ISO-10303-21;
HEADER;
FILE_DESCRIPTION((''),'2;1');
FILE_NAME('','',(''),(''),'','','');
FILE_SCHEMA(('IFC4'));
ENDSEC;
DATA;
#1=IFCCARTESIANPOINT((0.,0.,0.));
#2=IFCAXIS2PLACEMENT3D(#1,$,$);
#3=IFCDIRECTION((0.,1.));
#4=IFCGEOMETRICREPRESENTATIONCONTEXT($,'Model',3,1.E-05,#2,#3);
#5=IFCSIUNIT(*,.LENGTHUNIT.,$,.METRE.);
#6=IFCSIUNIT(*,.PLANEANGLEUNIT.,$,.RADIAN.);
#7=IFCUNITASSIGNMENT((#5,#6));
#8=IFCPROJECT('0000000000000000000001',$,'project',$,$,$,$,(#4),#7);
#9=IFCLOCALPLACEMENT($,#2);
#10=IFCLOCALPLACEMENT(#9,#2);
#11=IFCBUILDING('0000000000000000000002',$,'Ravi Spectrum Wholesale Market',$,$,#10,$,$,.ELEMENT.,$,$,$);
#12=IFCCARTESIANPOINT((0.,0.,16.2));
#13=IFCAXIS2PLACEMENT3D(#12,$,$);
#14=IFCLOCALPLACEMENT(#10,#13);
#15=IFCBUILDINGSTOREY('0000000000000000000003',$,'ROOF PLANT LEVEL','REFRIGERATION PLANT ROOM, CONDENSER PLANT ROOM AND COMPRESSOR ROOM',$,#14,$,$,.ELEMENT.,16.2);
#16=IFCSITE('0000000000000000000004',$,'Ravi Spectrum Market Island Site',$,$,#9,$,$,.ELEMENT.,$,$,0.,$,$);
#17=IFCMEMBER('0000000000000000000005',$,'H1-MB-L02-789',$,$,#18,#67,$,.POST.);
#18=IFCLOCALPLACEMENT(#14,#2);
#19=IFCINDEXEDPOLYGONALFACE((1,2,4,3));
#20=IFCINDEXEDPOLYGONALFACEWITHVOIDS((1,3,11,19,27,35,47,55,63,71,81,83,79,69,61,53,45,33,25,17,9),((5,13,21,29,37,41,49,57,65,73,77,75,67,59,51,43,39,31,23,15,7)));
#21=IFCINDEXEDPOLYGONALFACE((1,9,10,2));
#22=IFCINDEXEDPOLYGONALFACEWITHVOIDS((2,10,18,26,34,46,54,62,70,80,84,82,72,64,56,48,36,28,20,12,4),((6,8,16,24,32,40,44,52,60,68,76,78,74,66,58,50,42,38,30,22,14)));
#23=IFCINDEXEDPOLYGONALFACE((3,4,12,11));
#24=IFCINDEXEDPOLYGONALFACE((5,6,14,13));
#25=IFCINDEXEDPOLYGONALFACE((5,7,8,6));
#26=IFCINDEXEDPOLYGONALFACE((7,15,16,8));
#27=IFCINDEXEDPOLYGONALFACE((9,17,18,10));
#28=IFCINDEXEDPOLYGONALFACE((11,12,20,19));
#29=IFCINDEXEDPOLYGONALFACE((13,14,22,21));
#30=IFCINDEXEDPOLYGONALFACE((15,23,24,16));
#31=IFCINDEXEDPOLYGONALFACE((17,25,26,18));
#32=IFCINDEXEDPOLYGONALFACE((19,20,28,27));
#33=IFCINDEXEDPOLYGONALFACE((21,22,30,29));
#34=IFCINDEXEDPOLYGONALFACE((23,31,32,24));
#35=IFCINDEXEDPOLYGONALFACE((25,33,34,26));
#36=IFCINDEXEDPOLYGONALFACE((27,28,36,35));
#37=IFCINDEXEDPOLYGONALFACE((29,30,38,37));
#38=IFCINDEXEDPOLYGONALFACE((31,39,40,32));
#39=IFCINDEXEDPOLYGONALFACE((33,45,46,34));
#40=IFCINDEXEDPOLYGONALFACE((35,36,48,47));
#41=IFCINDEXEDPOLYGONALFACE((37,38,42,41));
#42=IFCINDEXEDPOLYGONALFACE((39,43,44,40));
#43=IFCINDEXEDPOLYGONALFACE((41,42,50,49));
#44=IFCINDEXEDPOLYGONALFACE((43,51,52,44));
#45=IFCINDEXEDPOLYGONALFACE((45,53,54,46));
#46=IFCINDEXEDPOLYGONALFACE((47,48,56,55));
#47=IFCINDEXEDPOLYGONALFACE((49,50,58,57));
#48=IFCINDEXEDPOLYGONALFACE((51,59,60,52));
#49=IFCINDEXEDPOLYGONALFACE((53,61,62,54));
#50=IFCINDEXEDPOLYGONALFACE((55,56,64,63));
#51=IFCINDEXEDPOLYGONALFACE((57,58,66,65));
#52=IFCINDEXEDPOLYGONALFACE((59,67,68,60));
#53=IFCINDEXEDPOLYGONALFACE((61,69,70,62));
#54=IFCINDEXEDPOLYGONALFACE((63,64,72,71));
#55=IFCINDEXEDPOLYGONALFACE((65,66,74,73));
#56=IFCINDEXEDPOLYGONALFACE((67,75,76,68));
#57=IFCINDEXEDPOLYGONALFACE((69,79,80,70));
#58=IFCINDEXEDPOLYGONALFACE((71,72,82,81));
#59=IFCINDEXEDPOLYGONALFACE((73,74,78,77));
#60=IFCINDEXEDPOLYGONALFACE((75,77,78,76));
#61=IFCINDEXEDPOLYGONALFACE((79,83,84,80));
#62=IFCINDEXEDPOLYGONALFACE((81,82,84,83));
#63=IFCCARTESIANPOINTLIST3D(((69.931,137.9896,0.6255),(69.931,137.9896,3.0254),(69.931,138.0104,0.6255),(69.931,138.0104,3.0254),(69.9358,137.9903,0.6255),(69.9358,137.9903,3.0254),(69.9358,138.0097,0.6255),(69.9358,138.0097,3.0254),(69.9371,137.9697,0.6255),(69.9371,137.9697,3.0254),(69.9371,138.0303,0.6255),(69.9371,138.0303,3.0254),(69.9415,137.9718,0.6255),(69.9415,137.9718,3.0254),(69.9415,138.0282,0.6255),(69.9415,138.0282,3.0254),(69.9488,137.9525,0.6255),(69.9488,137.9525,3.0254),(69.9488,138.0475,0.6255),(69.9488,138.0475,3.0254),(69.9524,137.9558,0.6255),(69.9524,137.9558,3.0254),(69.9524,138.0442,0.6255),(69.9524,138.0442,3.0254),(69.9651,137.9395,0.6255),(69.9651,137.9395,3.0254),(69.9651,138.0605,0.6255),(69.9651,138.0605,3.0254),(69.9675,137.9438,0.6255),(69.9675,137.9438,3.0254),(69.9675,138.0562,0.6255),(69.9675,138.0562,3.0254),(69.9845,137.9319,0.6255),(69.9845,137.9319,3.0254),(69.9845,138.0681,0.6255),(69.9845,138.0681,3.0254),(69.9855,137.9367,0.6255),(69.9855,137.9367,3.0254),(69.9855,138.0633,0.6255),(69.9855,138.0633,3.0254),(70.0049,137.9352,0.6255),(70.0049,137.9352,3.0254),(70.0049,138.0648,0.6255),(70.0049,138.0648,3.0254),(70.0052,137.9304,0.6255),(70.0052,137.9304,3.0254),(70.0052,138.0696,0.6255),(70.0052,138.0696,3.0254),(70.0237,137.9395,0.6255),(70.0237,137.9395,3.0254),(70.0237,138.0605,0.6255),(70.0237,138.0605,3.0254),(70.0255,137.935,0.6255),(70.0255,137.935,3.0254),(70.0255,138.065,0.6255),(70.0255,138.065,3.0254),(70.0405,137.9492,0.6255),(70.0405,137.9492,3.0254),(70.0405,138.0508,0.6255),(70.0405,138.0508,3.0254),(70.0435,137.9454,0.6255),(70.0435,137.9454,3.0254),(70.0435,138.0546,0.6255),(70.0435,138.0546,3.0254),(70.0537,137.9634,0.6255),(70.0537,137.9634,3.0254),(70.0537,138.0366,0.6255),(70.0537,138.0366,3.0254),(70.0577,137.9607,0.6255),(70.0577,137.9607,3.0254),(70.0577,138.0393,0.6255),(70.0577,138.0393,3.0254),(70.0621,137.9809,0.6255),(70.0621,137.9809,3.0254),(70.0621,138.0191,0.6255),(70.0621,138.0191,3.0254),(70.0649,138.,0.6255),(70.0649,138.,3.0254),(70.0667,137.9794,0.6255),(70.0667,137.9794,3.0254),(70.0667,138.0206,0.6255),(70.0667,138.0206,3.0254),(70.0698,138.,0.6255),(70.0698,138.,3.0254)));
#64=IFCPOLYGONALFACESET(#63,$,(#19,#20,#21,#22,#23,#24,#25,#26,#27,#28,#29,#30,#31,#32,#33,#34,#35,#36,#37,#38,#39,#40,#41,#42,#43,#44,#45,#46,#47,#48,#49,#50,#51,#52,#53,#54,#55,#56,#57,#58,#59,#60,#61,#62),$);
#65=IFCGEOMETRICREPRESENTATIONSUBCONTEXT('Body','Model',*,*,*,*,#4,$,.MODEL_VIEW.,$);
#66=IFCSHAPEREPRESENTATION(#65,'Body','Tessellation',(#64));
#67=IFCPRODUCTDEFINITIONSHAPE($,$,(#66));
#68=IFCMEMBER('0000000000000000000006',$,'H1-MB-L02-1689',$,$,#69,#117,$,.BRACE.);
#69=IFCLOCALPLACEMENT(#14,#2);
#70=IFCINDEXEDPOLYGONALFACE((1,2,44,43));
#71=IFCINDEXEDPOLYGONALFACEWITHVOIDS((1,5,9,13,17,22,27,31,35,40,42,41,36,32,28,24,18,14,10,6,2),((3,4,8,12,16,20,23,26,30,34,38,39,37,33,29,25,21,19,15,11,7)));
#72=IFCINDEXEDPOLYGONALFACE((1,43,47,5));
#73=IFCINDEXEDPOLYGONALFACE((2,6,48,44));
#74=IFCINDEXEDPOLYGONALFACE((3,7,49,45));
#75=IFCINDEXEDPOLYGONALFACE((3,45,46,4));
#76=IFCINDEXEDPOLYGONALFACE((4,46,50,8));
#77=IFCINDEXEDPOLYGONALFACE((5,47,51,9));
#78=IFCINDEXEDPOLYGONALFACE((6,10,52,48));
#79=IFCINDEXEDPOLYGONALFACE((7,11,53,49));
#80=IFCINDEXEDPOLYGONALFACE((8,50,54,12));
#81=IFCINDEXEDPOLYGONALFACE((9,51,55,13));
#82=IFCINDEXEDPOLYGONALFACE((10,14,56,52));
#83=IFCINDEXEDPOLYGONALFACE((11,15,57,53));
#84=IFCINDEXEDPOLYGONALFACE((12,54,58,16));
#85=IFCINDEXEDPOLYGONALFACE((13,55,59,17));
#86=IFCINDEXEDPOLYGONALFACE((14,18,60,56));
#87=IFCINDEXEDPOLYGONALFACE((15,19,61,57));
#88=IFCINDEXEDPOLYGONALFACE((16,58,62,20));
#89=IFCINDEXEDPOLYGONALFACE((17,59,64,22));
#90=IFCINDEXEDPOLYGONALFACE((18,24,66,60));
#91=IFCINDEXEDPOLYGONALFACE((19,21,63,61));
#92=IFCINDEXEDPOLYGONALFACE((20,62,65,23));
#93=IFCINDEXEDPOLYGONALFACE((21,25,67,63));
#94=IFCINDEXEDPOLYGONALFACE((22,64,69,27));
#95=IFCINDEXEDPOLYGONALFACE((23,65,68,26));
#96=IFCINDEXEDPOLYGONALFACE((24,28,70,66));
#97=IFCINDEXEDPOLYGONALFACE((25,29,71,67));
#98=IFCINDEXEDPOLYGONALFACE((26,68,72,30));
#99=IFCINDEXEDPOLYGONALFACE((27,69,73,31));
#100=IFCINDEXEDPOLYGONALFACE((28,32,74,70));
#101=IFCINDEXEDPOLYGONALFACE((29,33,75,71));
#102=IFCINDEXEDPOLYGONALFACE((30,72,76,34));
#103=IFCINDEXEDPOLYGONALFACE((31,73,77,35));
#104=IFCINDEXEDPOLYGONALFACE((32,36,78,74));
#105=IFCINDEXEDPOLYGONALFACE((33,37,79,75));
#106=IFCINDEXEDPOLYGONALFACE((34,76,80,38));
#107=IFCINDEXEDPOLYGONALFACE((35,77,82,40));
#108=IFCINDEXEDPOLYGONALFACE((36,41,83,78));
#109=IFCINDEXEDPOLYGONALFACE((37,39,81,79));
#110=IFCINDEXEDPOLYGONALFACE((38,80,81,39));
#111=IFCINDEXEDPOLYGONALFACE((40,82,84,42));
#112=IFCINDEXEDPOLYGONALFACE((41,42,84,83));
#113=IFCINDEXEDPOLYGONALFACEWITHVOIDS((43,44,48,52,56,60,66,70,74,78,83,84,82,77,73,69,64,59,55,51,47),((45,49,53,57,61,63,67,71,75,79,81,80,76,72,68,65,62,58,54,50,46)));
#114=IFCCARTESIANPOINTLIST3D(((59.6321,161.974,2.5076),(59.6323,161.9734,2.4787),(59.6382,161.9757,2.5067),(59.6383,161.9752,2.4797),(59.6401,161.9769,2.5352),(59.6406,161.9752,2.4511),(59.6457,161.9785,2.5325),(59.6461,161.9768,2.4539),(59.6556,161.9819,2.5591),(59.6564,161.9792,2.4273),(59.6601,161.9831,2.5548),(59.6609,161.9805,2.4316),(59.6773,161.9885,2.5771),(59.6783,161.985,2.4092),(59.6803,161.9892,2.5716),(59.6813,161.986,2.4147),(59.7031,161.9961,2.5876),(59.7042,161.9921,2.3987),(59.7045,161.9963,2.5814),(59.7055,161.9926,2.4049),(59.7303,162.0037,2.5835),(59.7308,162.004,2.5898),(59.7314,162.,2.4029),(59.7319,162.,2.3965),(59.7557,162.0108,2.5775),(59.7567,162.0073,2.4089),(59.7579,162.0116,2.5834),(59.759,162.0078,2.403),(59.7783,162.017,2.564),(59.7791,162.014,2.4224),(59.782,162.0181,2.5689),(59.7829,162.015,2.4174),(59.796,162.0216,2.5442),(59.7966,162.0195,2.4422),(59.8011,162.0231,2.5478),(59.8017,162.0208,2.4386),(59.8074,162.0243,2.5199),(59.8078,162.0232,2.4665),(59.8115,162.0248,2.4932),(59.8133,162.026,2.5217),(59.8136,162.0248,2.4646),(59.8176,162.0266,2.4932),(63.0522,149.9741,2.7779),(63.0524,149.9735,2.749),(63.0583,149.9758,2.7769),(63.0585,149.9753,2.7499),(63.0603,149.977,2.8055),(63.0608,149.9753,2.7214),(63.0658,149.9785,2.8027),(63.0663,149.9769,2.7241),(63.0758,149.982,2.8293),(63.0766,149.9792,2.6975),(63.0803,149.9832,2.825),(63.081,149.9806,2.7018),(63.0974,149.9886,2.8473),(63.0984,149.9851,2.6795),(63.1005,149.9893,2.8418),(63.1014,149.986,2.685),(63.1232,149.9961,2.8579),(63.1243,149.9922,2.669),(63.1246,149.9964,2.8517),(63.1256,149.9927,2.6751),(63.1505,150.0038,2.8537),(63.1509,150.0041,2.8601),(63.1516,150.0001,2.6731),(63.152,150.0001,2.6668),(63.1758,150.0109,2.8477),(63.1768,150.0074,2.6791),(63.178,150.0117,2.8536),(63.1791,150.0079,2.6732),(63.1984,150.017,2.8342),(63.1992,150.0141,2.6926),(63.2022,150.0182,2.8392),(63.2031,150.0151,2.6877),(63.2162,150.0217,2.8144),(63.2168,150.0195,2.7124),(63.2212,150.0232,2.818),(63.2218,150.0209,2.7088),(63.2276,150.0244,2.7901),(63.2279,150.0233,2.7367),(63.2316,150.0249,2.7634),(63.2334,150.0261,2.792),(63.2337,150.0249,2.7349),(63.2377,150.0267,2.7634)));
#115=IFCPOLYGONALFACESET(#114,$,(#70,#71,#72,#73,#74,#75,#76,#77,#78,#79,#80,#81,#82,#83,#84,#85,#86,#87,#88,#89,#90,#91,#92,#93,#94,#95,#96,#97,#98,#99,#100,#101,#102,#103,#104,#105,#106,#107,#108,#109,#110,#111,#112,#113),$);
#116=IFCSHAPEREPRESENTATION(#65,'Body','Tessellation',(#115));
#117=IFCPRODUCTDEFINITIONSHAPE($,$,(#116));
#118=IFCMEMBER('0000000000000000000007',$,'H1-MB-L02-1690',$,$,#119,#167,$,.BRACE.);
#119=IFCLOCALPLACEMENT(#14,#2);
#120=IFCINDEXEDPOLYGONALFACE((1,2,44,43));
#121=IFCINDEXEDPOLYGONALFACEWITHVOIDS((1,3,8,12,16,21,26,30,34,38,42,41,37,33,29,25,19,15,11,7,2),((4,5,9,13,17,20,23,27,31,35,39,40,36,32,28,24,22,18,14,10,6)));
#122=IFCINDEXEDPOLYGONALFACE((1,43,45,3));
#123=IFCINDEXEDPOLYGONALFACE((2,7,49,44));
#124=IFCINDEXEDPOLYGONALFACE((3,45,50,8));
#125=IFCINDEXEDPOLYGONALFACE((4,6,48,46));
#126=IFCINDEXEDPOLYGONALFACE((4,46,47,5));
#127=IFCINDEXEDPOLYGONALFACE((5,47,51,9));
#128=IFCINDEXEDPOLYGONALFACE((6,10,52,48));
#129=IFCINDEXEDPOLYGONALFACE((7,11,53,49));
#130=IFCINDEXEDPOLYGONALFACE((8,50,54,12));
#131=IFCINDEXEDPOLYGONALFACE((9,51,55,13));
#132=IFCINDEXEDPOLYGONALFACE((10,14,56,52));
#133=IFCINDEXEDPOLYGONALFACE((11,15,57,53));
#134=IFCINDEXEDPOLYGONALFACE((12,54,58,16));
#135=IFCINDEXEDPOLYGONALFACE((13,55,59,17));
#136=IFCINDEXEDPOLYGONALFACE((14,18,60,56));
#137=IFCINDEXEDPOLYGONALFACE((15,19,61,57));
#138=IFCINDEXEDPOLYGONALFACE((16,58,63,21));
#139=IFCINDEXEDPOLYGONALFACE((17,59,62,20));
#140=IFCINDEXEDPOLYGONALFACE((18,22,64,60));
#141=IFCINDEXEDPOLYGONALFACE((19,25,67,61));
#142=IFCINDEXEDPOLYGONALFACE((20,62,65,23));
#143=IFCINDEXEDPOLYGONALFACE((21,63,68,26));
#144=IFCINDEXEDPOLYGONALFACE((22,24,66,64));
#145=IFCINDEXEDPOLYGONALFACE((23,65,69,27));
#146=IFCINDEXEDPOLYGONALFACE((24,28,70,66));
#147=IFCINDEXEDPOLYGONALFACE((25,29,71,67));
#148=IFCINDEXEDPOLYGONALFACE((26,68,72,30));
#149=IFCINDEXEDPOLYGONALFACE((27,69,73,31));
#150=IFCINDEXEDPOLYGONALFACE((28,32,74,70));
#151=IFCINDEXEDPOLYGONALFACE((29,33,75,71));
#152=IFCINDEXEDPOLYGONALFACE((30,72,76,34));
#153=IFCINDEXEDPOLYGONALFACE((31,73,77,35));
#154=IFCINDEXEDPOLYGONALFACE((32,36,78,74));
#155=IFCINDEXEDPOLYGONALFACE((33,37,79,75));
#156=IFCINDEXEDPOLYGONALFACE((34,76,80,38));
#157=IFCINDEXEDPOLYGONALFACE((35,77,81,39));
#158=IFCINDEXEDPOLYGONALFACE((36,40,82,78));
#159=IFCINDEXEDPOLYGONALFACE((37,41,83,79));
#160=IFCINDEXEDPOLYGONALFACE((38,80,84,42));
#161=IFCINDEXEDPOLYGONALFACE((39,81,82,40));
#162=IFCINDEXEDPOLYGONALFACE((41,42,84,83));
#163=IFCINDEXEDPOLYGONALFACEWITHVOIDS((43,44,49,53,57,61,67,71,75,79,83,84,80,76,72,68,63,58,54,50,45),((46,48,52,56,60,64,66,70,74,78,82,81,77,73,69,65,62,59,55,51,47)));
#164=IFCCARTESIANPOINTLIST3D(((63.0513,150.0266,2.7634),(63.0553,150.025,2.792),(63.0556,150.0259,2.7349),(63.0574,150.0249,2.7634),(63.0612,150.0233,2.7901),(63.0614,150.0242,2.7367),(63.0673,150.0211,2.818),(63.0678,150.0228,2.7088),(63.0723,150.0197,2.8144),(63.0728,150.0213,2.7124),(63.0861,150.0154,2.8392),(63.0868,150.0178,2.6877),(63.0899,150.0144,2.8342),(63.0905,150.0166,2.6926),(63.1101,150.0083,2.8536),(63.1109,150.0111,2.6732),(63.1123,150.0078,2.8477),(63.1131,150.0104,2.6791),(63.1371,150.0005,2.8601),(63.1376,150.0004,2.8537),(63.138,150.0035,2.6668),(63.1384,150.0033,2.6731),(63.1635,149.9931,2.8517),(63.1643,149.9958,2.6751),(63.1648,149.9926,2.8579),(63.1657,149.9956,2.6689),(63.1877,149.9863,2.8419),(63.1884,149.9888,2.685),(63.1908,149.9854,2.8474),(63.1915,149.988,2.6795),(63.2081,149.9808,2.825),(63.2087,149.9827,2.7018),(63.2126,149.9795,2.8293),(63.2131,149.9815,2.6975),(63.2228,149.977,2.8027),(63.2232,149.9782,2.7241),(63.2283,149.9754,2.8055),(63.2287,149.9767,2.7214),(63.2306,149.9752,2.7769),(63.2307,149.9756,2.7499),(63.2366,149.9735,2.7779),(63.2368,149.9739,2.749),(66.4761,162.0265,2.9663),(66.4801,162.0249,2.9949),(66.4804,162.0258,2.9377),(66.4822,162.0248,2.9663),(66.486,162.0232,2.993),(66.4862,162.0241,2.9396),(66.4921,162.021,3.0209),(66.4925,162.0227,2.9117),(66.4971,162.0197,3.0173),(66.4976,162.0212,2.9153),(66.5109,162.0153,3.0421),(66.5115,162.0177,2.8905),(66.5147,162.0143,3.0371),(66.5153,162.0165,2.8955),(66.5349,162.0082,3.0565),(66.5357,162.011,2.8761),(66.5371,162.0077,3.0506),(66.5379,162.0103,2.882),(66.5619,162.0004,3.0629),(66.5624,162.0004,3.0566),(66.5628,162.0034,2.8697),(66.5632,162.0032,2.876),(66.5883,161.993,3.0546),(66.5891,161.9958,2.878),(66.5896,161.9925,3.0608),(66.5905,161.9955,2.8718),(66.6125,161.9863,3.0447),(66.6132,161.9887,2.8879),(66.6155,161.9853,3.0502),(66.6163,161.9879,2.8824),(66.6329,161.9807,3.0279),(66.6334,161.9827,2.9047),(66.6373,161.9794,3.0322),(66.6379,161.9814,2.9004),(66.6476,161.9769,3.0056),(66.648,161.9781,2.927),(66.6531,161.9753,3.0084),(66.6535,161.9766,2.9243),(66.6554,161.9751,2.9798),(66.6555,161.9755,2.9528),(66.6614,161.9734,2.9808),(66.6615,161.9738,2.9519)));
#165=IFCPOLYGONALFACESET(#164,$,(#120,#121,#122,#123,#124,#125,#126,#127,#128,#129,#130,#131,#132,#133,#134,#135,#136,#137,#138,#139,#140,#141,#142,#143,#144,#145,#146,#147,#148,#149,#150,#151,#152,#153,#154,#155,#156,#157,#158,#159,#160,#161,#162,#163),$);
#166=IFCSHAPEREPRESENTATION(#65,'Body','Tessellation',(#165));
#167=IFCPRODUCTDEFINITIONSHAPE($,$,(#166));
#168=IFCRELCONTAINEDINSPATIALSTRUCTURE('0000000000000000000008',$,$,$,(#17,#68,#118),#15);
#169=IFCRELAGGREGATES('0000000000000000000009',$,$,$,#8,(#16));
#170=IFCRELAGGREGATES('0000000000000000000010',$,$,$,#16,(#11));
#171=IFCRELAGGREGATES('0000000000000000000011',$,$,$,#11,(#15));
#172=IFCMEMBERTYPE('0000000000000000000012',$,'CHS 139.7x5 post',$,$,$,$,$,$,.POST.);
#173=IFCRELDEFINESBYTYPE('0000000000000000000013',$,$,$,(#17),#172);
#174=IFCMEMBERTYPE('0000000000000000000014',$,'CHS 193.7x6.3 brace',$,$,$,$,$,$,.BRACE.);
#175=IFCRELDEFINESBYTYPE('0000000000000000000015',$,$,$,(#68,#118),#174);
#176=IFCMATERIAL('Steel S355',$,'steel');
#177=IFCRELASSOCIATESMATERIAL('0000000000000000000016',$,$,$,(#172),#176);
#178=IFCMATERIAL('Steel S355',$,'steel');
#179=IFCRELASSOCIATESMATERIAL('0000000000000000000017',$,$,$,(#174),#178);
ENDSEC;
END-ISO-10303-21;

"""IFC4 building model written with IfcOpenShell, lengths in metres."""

from ifc_helpers import new_model, si_unit, direction, frame, origin, origin_2d, place, context, subcontext, project, spatial, hollow_circle, extrude, material, material_profile, profile_set, type_object, element, save


model = new_model("IFC4")

# Units and contexts
model_context = context("Model", 3, precision=1e-05, world=origin(), true_north=direction((0.0, 1.0)))
body_context = subcontext(model_context, "Body", "Model", "MODEL_VIEW")
ifc_project = project(units=[si_unit("LENGTHUNIT", "METRE"), si_unit("PLANEANGLEUNIT", "RADIAN")], contexts=[model_context])

# Site, building, storey
site_placement = place(None, origin())
site = spatial("IfcSite", under=ifc_project, at=site_placement, Name="Ravi Spectrum Market Island Site", CompositionType="ELEMENT", RefElevation=0.0)
building_placement = place(site_placement, origin())
building = spatial("IfcBuilding", under=site, at=building_placement, Name="Ravi Spectrum Wholesale Market", CompositionType="ELEMENT")
storey_placement = place(building_placement, frame((0.0, 0.0, 16.2)))
storey = spatial("IfcBuildingStorey", under=building, at=storey_placement, Name="ROOF PLANT LEVEL", Description="REFRIGERATION PLANT ROOM, CONDENSER PLANT ROOM AND COMPRESSOR ROOM", CompositionType="ELEMENT", Elevation=16.2)

# Members
ifc_material_1 = material(Name="Steel S355", Category="steel")
ifc_material_profile_1 = material_profile(ifc_material_1, hollow_circle(Radius=0.0698, WallThickness=0.0049, at=origin_2d()))
ifc_profile_set_1 = profile_set([ifc_material_profile_1], Name="Steel S355")
member_type_1 = type_object("IfcMemberType", Name="CHS 139.7x5 post", PredefinedType="POST", material=ifc_profile_set_1)
member_1_placement = place(storey_placement, frame((70.0, 138.0, 3.0254), z_axis=(0.0, 0.0, -1.0), x_axis=(1.0, 0.0, 0.0)))
element("IfcMember", 1, at=member_1_placement, inside=storey, type_object=member_type_1, Name="H1-MB-L02-789", PredefinedType="POST", context=body_context, shape_type="SweptSolid", body=[
    extrude(hollow_circle(Radius=0.0698, WallThickness=0.0049, at=origin_2d()), origin(), (0.0, 0.0, 1.0), 2.3999),
])
ifc_material_2 = material(Name="Steel S355", Category="steel")
ifc_material_profile_2 = material_profile(ifc_material_2, hollow_circle(Radius=0.0969, WallThickness=0.0063, at=origin_2d()))
ifc_profile_set_2 = profile_set([ifc_material_profile_2], Name="Steel S355")
member_type_2 = type_object("IfcMemberType", Name="CHS 193.7x6.3 brace", PredefinedType="BRACE", material=ifc_profile_set_2)
for number, where, z_axis, x_axis, name in (
    (2, (59.7244, 162.0, 2.4932), (0.274034, -0.961476, 0.021654), (0.961702, 0.274098, 0.0), "H1-MB-L02-1689"),
    (3, (63.1445, 150.0, 2.7634), (0.274406, 0.961477, 0.016255), (-0.961604, 0.274442, 0.0), "H1-MB-L02-1690"),
):
    element("IfcMember", number, at=place(storey_placement, frame(where, z_axis=z_axis, x_axis=x_axis)), inside=storey, type_object=member_type_2, Name=name, PredefinedType="BRACE", context=body_context, shape_type="SweptSolid", body=[
        extrude(hollow_circle(Radius=0.0969, WallThickness=0.0063, at=origin_2d()), origin(), (0.0, 0.0, 1.0), 12.4807),
    ])

save(model, "model.ifc")
